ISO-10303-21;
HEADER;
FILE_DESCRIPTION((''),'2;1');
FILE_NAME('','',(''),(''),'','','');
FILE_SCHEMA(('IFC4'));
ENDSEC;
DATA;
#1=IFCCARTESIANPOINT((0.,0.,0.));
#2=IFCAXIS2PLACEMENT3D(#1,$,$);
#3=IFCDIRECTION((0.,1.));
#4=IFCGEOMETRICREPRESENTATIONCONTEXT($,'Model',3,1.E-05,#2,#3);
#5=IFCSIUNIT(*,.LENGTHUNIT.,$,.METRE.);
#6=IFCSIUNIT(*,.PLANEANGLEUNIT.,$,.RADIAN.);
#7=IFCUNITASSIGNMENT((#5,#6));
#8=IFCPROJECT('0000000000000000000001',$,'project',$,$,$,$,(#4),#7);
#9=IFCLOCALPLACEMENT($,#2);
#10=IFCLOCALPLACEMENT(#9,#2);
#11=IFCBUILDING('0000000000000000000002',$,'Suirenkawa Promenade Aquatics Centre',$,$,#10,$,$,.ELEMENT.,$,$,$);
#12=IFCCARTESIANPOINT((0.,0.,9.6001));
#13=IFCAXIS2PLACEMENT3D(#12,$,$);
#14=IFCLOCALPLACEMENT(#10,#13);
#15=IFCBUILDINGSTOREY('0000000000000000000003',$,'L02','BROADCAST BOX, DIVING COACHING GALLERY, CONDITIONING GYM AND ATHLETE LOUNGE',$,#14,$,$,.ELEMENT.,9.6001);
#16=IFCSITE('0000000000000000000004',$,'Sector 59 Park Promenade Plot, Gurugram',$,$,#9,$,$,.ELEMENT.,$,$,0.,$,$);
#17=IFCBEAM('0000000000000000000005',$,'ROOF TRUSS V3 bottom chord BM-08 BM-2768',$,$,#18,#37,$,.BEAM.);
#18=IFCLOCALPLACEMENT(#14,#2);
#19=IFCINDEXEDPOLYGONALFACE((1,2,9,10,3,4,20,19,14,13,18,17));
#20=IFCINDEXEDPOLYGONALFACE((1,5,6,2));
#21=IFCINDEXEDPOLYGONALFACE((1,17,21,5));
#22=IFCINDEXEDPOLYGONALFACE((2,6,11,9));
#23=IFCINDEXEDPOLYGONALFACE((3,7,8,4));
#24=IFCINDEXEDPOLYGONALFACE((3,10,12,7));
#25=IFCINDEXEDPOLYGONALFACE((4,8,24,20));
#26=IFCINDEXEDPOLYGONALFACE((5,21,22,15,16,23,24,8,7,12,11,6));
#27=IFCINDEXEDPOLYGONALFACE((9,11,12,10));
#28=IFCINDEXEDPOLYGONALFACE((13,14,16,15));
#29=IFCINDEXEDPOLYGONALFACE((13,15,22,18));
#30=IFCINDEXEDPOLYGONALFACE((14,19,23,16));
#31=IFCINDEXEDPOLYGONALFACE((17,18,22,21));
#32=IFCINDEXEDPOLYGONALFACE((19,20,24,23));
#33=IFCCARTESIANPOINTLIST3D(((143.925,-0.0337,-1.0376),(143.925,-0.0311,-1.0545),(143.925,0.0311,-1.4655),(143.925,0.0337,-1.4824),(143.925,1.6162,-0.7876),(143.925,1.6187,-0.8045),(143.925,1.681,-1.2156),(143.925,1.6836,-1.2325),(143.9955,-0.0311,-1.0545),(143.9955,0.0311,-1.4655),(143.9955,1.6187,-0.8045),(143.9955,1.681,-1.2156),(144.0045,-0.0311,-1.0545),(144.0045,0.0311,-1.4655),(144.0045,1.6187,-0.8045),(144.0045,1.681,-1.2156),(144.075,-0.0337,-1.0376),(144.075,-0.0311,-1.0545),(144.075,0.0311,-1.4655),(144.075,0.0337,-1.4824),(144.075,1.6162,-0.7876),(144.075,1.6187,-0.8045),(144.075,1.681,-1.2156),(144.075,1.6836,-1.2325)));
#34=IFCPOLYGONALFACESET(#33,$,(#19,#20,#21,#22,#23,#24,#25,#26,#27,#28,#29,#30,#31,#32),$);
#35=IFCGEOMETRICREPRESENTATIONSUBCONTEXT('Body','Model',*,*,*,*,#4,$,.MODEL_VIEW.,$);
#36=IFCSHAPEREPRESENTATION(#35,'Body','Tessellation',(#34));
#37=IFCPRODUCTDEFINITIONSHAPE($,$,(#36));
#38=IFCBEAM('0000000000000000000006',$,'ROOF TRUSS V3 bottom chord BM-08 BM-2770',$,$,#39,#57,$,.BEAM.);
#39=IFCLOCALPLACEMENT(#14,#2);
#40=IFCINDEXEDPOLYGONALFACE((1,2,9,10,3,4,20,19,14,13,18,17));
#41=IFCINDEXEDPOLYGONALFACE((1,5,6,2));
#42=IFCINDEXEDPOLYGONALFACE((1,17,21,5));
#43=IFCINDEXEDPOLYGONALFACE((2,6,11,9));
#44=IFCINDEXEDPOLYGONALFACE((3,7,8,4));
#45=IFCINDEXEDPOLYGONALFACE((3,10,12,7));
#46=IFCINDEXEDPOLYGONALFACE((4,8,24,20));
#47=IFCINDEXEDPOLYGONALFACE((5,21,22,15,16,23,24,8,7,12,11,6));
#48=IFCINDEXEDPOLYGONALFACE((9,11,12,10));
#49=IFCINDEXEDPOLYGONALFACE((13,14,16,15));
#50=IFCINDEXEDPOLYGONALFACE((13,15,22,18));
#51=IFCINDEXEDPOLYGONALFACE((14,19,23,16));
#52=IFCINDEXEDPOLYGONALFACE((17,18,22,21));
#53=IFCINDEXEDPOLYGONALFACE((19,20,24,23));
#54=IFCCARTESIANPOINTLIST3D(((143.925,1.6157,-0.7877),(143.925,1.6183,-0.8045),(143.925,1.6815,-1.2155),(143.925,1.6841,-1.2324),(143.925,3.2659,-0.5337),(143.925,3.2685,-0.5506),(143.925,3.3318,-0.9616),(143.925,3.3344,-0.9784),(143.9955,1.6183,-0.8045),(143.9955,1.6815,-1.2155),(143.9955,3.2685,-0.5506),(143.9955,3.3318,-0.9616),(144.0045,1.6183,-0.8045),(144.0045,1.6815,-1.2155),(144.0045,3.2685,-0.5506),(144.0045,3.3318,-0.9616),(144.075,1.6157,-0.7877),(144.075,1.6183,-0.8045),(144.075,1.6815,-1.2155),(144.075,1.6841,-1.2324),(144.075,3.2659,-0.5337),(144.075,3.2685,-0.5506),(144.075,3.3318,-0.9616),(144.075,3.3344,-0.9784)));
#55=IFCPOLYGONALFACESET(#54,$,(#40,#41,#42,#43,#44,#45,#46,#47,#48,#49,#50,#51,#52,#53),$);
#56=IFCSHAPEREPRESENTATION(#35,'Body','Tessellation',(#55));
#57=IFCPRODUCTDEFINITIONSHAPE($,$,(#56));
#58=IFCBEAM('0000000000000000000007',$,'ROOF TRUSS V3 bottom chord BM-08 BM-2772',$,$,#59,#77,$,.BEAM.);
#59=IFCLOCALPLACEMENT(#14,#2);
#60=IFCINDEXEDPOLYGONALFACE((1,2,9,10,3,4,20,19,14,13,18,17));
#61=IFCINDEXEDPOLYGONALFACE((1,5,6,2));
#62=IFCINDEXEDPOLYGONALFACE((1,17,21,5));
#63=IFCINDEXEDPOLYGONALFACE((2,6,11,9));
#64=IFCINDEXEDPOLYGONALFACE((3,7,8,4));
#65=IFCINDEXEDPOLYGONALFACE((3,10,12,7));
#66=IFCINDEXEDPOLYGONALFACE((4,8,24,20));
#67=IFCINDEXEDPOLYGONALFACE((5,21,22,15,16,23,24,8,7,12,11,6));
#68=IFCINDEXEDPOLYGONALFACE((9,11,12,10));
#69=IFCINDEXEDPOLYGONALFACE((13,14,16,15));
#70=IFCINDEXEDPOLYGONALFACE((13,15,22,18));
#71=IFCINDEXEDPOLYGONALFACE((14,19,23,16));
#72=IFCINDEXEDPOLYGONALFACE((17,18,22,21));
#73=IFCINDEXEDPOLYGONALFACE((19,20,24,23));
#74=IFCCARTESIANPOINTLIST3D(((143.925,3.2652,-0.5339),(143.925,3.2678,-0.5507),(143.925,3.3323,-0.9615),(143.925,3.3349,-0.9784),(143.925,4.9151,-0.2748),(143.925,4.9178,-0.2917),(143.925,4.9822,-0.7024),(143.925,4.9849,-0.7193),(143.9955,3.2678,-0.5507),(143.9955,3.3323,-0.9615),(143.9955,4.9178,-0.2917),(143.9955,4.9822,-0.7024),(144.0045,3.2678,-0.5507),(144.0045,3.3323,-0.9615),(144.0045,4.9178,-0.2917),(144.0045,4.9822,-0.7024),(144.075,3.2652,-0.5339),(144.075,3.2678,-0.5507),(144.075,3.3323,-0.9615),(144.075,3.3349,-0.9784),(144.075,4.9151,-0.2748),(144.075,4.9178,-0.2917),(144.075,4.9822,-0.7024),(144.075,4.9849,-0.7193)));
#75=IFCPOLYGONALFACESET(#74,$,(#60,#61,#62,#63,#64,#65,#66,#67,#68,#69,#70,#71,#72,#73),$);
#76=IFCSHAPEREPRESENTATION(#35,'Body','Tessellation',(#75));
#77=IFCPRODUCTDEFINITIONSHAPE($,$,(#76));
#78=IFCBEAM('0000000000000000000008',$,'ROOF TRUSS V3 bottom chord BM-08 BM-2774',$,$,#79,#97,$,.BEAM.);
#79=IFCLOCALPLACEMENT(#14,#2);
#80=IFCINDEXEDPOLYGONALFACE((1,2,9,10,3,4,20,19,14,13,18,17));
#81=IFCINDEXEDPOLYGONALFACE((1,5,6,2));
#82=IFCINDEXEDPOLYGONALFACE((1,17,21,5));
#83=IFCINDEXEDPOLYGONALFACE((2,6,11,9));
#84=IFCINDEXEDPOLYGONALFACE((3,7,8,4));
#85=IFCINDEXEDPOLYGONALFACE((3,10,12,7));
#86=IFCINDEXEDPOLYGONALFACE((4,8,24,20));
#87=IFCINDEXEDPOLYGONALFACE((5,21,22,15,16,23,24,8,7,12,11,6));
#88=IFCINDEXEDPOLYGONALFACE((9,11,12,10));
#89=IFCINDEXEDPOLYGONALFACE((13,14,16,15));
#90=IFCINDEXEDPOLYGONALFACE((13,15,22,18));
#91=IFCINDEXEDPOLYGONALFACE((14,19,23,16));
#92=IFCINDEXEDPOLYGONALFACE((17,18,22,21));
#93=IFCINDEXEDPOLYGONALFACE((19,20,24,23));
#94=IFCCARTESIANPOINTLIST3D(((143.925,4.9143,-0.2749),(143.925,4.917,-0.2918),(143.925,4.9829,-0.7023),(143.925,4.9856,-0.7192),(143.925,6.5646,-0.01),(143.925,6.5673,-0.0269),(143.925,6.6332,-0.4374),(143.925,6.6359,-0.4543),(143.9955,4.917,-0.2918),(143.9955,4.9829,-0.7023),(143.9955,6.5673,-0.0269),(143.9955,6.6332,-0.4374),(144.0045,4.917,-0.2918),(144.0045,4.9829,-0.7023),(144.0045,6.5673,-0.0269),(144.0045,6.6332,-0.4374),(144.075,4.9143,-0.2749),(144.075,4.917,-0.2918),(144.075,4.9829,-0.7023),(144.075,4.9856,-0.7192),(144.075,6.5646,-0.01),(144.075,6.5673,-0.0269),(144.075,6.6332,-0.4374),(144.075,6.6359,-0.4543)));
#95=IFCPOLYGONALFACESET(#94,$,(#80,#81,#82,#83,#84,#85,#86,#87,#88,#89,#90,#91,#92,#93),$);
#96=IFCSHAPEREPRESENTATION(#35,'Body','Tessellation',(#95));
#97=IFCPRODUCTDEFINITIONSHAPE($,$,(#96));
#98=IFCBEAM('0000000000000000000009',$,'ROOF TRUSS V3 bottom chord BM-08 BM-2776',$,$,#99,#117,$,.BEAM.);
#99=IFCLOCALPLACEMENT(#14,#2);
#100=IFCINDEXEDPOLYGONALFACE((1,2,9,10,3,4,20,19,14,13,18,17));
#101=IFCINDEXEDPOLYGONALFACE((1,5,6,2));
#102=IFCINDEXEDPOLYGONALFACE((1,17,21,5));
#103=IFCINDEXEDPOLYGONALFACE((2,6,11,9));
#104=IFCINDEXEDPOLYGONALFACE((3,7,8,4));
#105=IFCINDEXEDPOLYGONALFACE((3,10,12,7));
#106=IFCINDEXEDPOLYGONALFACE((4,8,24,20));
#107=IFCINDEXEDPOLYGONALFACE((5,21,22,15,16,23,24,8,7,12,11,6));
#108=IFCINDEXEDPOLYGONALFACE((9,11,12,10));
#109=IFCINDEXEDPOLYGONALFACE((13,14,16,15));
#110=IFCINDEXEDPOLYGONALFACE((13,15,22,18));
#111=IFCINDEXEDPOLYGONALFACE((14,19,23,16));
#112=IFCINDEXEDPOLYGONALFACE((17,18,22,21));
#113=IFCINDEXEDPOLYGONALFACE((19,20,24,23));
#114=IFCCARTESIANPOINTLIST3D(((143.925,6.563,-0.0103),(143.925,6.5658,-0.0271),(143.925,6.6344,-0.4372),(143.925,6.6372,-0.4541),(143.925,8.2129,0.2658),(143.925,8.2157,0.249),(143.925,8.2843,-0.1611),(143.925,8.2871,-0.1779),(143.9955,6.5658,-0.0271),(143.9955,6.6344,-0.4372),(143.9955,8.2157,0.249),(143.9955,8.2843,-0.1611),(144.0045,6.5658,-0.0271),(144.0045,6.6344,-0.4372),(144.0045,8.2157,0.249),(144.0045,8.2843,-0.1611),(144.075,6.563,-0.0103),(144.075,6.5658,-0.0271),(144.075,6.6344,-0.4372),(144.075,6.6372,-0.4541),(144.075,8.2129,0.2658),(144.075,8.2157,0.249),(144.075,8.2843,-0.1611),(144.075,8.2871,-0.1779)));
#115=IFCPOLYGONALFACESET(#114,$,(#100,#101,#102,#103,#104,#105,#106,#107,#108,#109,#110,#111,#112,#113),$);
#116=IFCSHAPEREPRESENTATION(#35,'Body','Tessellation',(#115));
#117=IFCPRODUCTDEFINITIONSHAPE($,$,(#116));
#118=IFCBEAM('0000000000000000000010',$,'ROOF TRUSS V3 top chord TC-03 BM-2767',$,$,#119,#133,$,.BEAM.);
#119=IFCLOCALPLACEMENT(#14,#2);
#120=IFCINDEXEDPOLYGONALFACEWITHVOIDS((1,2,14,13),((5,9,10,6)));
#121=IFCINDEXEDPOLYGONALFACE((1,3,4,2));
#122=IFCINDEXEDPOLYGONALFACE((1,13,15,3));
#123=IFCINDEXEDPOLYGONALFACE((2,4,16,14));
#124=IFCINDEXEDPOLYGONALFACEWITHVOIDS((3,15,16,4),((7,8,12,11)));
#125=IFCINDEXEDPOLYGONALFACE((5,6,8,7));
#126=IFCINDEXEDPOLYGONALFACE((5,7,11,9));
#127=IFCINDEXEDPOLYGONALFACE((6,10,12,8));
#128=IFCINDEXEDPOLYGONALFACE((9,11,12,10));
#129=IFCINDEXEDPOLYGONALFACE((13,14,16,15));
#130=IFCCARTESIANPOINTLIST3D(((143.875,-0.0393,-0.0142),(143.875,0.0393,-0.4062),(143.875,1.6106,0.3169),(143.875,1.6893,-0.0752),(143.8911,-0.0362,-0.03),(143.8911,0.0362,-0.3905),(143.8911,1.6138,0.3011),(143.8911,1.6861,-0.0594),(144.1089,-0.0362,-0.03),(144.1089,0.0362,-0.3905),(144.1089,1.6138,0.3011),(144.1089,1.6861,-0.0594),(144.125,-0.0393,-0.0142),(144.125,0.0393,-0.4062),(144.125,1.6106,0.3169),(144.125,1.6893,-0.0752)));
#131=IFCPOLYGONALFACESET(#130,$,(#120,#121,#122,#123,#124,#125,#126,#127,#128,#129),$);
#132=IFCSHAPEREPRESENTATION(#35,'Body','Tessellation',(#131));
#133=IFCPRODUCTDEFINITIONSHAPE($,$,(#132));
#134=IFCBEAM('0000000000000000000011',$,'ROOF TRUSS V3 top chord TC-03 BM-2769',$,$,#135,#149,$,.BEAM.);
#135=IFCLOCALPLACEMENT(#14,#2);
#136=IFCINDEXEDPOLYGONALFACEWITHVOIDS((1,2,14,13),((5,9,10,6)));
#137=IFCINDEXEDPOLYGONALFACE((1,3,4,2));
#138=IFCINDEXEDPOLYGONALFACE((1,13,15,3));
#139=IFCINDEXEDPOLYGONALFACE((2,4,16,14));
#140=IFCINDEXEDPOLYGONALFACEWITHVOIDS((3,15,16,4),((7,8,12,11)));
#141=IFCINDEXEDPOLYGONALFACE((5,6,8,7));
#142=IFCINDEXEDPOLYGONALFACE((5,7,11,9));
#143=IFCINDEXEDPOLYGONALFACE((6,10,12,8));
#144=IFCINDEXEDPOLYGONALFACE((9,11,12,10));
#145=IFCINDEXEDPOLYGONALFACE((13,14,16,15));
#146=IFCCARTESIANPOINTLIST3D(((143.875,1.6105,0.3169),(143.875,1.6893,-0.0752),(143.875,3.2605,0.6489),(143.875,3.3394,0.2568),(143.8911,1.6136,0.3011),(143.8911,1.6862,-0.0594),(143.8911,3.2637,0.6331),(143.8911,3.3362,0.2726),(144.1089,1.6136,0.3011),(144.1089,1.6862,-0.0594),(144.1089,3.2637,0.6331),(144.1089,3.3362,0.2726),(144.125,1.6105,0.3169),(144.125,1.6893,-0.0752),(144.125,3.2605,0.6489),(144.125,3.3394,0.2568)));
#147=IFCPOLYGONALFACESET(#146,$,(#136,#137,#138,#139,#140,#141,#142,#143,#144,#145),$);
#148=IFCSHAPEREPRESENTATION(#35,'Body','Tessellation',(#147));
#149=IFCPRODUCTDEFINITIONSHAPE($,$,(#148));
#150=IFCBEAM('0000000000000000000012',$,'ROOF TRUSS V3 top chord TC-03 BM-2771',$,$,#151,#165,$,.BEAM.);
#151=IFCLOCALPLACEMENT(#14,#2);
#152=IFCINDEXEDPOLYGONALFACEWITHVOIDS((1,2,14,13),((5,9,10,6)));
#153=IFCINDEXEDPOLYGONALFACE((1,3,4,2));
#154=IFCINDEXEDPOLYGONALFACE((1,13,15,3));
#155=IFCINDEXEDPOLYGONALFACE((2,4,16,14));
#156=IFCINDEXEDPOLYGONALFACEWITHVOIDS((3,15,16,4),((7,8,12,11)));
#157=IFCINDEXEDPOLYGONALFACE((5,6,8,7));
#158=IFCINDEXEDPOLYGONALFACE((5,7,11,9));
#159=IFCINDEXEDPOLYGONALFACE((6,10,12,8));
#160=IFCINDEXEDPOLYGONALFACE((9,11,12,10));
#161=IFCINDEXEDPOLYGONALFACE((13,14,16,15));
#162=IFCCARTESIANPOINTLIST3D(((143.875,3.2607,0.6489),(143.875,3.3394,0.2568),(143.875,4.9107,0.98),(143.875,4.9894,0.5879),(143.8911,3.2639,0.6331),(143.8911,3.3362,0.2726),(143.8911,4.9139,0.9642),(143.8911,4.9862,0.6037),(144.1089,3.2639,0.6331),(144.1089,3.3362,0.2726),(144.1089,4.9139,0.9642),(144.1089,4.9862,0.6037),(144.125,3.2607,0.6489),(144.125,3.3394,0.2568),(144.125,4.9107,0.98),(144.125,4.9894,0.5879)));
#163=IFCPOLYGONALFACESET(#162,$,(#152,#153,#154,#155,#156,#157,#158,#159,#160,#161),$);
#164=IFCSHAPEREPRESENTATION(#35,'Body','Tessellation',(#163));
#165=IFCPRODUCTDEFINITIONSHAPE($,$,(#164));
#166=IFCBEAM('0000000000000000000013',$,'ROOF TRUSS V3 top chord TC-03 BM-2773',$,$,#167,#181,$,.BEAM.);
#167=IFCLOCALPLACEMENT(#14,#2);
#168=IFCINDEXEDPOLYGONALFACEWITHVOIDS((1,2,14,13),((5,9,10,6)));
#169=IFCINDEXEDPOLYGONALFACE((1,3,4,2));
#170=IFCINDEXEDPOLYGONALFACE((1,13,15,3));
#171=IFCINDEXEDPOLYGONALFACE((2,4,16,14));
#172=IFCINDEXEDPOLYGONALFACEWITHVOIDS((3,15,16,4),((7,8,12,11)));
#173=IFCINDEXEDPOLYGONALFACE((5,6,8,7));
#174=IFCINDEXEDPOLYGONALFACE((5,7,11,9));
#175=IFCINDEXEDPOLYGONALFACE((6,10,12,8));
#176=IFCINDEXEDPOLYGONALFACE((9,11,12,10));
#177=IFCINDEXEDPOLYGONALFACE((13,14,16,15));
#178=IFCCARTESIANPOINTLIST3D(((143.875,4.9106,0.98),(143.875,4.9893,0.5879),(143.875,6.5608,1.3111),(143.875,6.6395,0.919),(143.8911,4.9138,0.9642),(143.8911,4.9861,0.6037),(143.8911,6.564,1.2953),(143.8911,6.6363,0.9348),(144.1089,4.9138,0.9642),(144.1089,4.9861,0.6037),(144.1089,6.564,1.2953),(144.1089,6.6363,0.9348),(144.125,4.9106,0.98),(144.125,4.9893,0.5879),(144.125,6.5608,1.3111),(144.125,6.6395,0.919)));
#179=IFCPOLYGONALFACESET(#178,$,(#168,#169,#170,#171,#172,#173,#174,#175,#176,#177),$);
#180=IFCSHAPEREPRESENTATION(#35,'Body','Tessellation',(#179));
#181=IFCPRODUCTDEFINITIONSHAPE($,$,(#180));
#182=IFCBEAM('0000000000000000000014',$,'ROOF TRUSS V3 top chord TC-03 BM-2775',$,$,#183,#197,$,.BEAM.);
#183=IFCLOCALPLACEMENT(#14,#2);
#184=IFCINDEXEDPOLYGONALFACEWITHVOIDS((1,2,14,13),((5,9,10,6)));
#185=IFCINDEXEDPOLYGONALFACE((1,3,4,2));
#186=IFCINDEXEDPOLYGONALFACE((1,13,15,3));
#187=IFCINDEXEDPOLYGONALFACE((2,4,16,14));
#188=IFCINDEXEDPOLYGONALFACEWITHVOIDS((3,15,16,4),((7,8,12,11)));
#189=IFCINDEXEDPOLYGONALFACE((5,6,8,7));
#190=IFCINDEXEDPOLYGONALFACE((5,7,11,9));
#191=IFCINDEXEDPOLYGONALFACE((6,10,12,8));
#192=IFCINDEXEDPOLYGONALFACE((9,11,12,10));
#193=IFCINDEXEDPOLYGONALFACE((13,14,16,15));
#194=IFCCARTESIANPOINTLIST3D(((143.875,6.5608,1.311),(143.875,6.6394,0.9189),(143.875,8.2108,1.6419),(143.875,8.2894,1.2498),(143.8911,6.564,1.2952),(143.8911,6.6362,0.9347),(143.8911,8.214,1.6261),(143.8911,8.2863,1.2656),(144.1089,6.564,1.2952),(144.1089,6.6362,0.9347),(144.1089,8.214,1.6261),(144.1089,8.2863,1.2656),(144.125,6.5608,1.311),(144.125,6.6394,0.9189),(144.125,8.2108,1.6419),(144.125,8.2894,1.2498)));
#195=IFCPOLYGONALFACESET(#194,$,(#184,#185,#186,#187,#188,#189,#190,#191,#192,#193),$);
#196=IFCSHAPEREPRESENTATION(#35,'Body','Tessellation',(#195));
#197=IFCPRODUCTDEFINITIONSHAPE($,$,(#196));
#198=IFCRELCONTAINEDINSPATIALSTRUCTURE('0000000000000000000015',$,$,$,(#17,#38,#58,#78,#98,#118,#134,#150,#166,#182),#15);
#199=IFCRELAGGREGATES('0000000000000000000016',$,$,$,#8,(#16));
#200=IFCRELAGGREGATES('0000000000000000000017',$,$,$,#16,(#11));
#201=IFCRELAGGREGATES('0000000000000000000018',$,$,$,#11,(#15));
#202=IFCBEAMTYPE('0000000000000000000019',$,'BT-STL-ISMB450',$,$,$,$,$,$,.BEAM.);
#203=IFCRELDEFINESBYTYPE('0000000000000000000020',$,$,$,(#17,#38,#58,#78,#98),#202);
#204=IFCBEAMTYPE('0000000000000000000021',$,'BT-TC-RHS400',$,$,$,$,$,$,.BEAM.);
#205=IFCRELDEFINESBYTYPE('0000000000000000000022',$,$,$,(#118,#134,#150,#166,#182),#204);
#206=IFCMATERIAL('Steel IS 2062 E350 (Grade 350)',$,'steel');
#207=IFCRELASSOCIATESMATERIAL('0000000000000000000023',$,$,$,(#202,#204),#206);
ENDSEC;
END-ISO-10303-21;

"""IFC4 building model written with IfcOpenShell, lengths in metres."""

from ifc_helpers import new_model, si_unit, direction, frame, origin, origin_2d, place, context, subcontext, project, spatial, hollow_rectangle, i_section, extrude, material, material_profile, profile_set, type_object, element, save


model = new_model("IFC4")

# Units and contexts
model_context = context("Model", 3, precision=1e-05, world=origin(), true_north=direction((0.0, 1.0)))
body_context = subcontext(model_context, "Body", "Model", "MODEL_VIEW")
ifc_project = project(units=[si_unit("LENGTHUNIT", "METRE"), si_unit("PLANEANGLEUNIT", "RADIAN")], contexts=[model_context])

# Site, building, storey
site_placement = place(None, origin())
site = spatial("IfcSite", under=ifc_project, at=site_placement, Name="Sector 59 Park Promenade Plot, Gurugram", CompositionType="ELEMENT", RefElevation=0.0)
building_placement = place(site_placement, origin())
building = spatial("IfcBuilding", under=site, at=building_placement, Name="Suirenkawa Promenade Aquatics Centre", CompositionType="ELEMENT")
storey_placement = place(building_placement, frame((0.0, 0.0, 9.6001)))
storey = spatial("IfcBuildingStorey", under=building, at=storey_placement, Name="L02", Description="BROADCAST BOX, DIVING COACHING GALLERY, CONDITIONING GYM AND ATHLETE LOUNGE", CompositionType="ELEMENT", Elevation=9.6001)

# Beams
ifc_material = material(Name="Steel IS 2062 E350 (Grade 350)", Category="steel")
ifc_material_profile_1 = material_profile(ifc_material, i_section(OverallWidth=0.1499, OverallDepth=0.45, WebThickness=0.009, FlangeThickness=0.0171, at=origin_2d()), Name="ISMB 450", Category="steel")
ifc_profile_set_1 = profile_set([ifc_material_profile_1], Name="Steel IS 2062 E350 (Grade 350)")
beam_type_1 = type_object("IfcBeamType", Name="BT-STL-ISMB450", PredefinedType="BEAM", material=ifc_profile_set_1)
beam_1_placement = place(storey_placement, frame((144.0, 0.0, -1.26), z_axis=(0.0, 0.988714, 0.149814), x_axis=(-1.0, 0.0, 0.0)))
element("IfcBeam", 1, at=beam_1_placement, inside=storey, type_object=beam_type_1, Name="ROOF TRUSS V3 bottom chord BM-08 BM-2768", PredefinedType="BEAM", context=body_context, shape_type="SweptSolid", body=[
    extrude(i_section(OverallWidth=0.1499, OverallDepth=0.45, WebThickness=0.009, FlangeThickness=0.0171, at=origin_2d()), origin(), (0.0, 0.0, 1.0), 1.6687),
])
beam_2_placement = place(storey_placement, frame((144.0, 1.6499, -1.01), z_axis=(0.0, 0.988368, 0.152079), x_axis=(-1.0, 0.0, 0.0)))
element("IfcBeam", 2, at=beam_2_placement, inside=storey, type_object=beam_type_1, Name="ROOF TRUSS V3 bottom chord BM-08 BM-2770", PredefinedType="BEAM", context=body_context, shape_type="SweptSolid", body=[
    extrude(i_section(OverallWidth=0.1499, OverallDepth=0.45, WebThickness=0.009, FlangeThickness=0.0171, at=origin_2d()), origin(), (0.0, 0.0, 1.0), 1.6697),
])
beam_3_placement = place(storey_placement, frame((144.0, 3.3, -0.7561), z_axis=(0.0, 0.987899, 0.155099), x_axis=(-1.0, 0.0, 0.0)))
element("IfcBeam", 3, at=beam_3_placement, inside=storey, type_object=beam_type_1, Name="ROOF TRUSS V3 bottom chord BM-08 BM-2772", PredefinedType="BEAM", context=body_context, shape_type="SweptSolid", body=[
    extrude(i_section(OverallWidth=0.1499, OverallDepth=0.45, WebThickness=0.009, FlangeThickness=0.0171, at=origin_2d()), origin(), (0.0, 0.0, 1.0), 1.6702),
])
beam_4_placement = place(storey_placement, frame((144.0, 4.95, -0.4971), z_axis=(0.0, 0.987359, 0.158498), x_axis=(-1.0, 0.0, 0.0)))
element("IfcBeam", 4, at=beam_4_placement, inside=storey, type_object=beam_type_1, Name="ROOF TRUSS V3 bottom chord BM-08 BM-2774", PredefinedType="BEAM", context=body_context, shape_type="SweptSolid", body=[
    extrude(i_section(OverallWidth=0.1499, OverallDepth=0.45, WebThickness=0.009, FlangeThickness=0.0171, at=origin_2d()), origin(), (0.0, 0.0, 1.0), 1.6714),
])
beam_5_placement = place(storey_placement, frame((144.0, 6.6001, -0.2322), z_axis=(0.0, 0.986283, 0.165062), x_axis=(-1.0, 0.0, 0.0)))
element("IfcBeam", 5, at=beam_5_placement, inside=storey, type_object=beam_type_1, Name="ROOF TRUSS V3 bottom chord BM-08 BM-2776", PredefinedType="BEAM", context=body_context, shape_type="SweptSolid", body=[
    extrude(i_section(OverallWidth=0.1499, OverallDepth=0.45, WebThickness=0.009, FlangeThickness=0.0171, at=origin_2d()), origin(), (0.0, 0.0, 1.0), 1.6729),
])
ifc_material_profile_2 = material_profile(ifc_material, hollow_rectangle(XDim=0.25, YDim=0.3999, WallThickness=0.0161, at=origin_2d()), Name="RHS 400x250x16", Category="steel")
ifc_profile_set_2 = profile_set([ifc_material_profile_2], Name="Steel IS 2062 E350 (Grade 350)")
beam_type_2 = type_object("IfcBeamType", Name="BT-TC-RHS400", PredefinedType="BEAM", material=ifc_profile_set_2)
beam_6_placement = place(storey_placement, frame((144.0, 0.0, -0.2102), z_axis=(0.0, 0.980458, 0.19673), x_axis=(-1.0, 0.0, 0.0)))
element("IfcBeam", 6, at=beam_6_placement, inside=storey, type_object=beam_type_2, Name="ROOF TRUSS V3 top chord TC-03 BM-2767", PredefinedType="BEAM", context=body_context, shape_type="SweptSolid", body=[
    extrude(hollow_rectangle(XDim=0.25, YDim=0.3999, WallThickness=0.0161, at=origin_2d()), origin(), (0.0, 0.0, 1.0), 1.6829),
])
beam_7_placement = place(storey_placement, frame((144.0, 1.6499, 0.1208), z_axis=(0.0, 0.980351, 0.19726), x_axis=(-1.0, 0.0, 0.0)))
element("IfcBeam", 7, at=beam_7_placement, inside=storey, type_object=beam_type_2, Name="ROOF TRUSS V3 top chord TC-03 BM-2769", PredefinedType="BEAM", context=body_context, shape_type="SweptSolid", body=[
    extrude(hollow_rectangle(XDim=0.25, YDim=0.3999, WallThickness=0.0161, at=origin_2d()), origin(), (0.0, 0.0, 1.0), 1.6831),
])
beam_8_placement = place(storey_placement, frame((144.0, 3.3, 0.4529), z_axis=(0.0, 0.980458, 0.19673), x_axis=(-1.0, 0.0, 0.0)))
element("IfcBeam", 8, at=beam_8_placement, inside=storey, type_object=beam_type_2, Name="ROOF TRUSS V3 top chord TC-03 BM-2771", PredefinedType="BEAM", context=body_context, shape_type="SweptSolid", body=[
    extrude(hollow_rectangle(XDim=0.25, YDim=0.3999, WallThickness=0.0161, at=origin_2d()), origin(), (0.0, 0.0, 1.0), 1.6829),
])
beam_9_placement = place(storey_placement, frame((144.0, 4.95, 0.7839), z_axis=(0.0, 0.980463, 0.196702), x_axis=(-1.0, 0.0, 0.0)))
element("IfcBeam", 9, at=beam_9_placement, inside=storey, type_object=beam_type_2, Name="ROOF TRUSS V3 top chord TC-03 BM-2773", PredefinedType="BEAM", context=body_context, shape_type="SweptSolid", body=[
    extrude(hollow_rectangle(XDim=0.25, YDim=0.3999, WallThickness=0.0161, at=origin_2d()), origin(), (0.0, 0.0, 1.0), 1.6831),
])
beam_10_placement = place(storey_placement, frame((144.0, 6.6001, 1.115), z_axis=(0.0, 0.980486, 0.19659), x_axis=(-1.0, 0.0, 0.0)))
element("IfcBeam", 10, at=beam_10_placement, inside=storey, type_object=beam_type_2, Name="ROOF TRUSS V3 top chord TC-03 BM-2775", PredefinedType="BEAM", context=body_context, shape_type="SweptSolid", body=[
    extrude(hollow_rectangle(XDim=0.25, YDim=0.3999, WallThickness=0.0161, at=origin_2d()), origin(), (0.0, 0.0, 1.0), 1.6829),
])

save(model, "model.ifc")
